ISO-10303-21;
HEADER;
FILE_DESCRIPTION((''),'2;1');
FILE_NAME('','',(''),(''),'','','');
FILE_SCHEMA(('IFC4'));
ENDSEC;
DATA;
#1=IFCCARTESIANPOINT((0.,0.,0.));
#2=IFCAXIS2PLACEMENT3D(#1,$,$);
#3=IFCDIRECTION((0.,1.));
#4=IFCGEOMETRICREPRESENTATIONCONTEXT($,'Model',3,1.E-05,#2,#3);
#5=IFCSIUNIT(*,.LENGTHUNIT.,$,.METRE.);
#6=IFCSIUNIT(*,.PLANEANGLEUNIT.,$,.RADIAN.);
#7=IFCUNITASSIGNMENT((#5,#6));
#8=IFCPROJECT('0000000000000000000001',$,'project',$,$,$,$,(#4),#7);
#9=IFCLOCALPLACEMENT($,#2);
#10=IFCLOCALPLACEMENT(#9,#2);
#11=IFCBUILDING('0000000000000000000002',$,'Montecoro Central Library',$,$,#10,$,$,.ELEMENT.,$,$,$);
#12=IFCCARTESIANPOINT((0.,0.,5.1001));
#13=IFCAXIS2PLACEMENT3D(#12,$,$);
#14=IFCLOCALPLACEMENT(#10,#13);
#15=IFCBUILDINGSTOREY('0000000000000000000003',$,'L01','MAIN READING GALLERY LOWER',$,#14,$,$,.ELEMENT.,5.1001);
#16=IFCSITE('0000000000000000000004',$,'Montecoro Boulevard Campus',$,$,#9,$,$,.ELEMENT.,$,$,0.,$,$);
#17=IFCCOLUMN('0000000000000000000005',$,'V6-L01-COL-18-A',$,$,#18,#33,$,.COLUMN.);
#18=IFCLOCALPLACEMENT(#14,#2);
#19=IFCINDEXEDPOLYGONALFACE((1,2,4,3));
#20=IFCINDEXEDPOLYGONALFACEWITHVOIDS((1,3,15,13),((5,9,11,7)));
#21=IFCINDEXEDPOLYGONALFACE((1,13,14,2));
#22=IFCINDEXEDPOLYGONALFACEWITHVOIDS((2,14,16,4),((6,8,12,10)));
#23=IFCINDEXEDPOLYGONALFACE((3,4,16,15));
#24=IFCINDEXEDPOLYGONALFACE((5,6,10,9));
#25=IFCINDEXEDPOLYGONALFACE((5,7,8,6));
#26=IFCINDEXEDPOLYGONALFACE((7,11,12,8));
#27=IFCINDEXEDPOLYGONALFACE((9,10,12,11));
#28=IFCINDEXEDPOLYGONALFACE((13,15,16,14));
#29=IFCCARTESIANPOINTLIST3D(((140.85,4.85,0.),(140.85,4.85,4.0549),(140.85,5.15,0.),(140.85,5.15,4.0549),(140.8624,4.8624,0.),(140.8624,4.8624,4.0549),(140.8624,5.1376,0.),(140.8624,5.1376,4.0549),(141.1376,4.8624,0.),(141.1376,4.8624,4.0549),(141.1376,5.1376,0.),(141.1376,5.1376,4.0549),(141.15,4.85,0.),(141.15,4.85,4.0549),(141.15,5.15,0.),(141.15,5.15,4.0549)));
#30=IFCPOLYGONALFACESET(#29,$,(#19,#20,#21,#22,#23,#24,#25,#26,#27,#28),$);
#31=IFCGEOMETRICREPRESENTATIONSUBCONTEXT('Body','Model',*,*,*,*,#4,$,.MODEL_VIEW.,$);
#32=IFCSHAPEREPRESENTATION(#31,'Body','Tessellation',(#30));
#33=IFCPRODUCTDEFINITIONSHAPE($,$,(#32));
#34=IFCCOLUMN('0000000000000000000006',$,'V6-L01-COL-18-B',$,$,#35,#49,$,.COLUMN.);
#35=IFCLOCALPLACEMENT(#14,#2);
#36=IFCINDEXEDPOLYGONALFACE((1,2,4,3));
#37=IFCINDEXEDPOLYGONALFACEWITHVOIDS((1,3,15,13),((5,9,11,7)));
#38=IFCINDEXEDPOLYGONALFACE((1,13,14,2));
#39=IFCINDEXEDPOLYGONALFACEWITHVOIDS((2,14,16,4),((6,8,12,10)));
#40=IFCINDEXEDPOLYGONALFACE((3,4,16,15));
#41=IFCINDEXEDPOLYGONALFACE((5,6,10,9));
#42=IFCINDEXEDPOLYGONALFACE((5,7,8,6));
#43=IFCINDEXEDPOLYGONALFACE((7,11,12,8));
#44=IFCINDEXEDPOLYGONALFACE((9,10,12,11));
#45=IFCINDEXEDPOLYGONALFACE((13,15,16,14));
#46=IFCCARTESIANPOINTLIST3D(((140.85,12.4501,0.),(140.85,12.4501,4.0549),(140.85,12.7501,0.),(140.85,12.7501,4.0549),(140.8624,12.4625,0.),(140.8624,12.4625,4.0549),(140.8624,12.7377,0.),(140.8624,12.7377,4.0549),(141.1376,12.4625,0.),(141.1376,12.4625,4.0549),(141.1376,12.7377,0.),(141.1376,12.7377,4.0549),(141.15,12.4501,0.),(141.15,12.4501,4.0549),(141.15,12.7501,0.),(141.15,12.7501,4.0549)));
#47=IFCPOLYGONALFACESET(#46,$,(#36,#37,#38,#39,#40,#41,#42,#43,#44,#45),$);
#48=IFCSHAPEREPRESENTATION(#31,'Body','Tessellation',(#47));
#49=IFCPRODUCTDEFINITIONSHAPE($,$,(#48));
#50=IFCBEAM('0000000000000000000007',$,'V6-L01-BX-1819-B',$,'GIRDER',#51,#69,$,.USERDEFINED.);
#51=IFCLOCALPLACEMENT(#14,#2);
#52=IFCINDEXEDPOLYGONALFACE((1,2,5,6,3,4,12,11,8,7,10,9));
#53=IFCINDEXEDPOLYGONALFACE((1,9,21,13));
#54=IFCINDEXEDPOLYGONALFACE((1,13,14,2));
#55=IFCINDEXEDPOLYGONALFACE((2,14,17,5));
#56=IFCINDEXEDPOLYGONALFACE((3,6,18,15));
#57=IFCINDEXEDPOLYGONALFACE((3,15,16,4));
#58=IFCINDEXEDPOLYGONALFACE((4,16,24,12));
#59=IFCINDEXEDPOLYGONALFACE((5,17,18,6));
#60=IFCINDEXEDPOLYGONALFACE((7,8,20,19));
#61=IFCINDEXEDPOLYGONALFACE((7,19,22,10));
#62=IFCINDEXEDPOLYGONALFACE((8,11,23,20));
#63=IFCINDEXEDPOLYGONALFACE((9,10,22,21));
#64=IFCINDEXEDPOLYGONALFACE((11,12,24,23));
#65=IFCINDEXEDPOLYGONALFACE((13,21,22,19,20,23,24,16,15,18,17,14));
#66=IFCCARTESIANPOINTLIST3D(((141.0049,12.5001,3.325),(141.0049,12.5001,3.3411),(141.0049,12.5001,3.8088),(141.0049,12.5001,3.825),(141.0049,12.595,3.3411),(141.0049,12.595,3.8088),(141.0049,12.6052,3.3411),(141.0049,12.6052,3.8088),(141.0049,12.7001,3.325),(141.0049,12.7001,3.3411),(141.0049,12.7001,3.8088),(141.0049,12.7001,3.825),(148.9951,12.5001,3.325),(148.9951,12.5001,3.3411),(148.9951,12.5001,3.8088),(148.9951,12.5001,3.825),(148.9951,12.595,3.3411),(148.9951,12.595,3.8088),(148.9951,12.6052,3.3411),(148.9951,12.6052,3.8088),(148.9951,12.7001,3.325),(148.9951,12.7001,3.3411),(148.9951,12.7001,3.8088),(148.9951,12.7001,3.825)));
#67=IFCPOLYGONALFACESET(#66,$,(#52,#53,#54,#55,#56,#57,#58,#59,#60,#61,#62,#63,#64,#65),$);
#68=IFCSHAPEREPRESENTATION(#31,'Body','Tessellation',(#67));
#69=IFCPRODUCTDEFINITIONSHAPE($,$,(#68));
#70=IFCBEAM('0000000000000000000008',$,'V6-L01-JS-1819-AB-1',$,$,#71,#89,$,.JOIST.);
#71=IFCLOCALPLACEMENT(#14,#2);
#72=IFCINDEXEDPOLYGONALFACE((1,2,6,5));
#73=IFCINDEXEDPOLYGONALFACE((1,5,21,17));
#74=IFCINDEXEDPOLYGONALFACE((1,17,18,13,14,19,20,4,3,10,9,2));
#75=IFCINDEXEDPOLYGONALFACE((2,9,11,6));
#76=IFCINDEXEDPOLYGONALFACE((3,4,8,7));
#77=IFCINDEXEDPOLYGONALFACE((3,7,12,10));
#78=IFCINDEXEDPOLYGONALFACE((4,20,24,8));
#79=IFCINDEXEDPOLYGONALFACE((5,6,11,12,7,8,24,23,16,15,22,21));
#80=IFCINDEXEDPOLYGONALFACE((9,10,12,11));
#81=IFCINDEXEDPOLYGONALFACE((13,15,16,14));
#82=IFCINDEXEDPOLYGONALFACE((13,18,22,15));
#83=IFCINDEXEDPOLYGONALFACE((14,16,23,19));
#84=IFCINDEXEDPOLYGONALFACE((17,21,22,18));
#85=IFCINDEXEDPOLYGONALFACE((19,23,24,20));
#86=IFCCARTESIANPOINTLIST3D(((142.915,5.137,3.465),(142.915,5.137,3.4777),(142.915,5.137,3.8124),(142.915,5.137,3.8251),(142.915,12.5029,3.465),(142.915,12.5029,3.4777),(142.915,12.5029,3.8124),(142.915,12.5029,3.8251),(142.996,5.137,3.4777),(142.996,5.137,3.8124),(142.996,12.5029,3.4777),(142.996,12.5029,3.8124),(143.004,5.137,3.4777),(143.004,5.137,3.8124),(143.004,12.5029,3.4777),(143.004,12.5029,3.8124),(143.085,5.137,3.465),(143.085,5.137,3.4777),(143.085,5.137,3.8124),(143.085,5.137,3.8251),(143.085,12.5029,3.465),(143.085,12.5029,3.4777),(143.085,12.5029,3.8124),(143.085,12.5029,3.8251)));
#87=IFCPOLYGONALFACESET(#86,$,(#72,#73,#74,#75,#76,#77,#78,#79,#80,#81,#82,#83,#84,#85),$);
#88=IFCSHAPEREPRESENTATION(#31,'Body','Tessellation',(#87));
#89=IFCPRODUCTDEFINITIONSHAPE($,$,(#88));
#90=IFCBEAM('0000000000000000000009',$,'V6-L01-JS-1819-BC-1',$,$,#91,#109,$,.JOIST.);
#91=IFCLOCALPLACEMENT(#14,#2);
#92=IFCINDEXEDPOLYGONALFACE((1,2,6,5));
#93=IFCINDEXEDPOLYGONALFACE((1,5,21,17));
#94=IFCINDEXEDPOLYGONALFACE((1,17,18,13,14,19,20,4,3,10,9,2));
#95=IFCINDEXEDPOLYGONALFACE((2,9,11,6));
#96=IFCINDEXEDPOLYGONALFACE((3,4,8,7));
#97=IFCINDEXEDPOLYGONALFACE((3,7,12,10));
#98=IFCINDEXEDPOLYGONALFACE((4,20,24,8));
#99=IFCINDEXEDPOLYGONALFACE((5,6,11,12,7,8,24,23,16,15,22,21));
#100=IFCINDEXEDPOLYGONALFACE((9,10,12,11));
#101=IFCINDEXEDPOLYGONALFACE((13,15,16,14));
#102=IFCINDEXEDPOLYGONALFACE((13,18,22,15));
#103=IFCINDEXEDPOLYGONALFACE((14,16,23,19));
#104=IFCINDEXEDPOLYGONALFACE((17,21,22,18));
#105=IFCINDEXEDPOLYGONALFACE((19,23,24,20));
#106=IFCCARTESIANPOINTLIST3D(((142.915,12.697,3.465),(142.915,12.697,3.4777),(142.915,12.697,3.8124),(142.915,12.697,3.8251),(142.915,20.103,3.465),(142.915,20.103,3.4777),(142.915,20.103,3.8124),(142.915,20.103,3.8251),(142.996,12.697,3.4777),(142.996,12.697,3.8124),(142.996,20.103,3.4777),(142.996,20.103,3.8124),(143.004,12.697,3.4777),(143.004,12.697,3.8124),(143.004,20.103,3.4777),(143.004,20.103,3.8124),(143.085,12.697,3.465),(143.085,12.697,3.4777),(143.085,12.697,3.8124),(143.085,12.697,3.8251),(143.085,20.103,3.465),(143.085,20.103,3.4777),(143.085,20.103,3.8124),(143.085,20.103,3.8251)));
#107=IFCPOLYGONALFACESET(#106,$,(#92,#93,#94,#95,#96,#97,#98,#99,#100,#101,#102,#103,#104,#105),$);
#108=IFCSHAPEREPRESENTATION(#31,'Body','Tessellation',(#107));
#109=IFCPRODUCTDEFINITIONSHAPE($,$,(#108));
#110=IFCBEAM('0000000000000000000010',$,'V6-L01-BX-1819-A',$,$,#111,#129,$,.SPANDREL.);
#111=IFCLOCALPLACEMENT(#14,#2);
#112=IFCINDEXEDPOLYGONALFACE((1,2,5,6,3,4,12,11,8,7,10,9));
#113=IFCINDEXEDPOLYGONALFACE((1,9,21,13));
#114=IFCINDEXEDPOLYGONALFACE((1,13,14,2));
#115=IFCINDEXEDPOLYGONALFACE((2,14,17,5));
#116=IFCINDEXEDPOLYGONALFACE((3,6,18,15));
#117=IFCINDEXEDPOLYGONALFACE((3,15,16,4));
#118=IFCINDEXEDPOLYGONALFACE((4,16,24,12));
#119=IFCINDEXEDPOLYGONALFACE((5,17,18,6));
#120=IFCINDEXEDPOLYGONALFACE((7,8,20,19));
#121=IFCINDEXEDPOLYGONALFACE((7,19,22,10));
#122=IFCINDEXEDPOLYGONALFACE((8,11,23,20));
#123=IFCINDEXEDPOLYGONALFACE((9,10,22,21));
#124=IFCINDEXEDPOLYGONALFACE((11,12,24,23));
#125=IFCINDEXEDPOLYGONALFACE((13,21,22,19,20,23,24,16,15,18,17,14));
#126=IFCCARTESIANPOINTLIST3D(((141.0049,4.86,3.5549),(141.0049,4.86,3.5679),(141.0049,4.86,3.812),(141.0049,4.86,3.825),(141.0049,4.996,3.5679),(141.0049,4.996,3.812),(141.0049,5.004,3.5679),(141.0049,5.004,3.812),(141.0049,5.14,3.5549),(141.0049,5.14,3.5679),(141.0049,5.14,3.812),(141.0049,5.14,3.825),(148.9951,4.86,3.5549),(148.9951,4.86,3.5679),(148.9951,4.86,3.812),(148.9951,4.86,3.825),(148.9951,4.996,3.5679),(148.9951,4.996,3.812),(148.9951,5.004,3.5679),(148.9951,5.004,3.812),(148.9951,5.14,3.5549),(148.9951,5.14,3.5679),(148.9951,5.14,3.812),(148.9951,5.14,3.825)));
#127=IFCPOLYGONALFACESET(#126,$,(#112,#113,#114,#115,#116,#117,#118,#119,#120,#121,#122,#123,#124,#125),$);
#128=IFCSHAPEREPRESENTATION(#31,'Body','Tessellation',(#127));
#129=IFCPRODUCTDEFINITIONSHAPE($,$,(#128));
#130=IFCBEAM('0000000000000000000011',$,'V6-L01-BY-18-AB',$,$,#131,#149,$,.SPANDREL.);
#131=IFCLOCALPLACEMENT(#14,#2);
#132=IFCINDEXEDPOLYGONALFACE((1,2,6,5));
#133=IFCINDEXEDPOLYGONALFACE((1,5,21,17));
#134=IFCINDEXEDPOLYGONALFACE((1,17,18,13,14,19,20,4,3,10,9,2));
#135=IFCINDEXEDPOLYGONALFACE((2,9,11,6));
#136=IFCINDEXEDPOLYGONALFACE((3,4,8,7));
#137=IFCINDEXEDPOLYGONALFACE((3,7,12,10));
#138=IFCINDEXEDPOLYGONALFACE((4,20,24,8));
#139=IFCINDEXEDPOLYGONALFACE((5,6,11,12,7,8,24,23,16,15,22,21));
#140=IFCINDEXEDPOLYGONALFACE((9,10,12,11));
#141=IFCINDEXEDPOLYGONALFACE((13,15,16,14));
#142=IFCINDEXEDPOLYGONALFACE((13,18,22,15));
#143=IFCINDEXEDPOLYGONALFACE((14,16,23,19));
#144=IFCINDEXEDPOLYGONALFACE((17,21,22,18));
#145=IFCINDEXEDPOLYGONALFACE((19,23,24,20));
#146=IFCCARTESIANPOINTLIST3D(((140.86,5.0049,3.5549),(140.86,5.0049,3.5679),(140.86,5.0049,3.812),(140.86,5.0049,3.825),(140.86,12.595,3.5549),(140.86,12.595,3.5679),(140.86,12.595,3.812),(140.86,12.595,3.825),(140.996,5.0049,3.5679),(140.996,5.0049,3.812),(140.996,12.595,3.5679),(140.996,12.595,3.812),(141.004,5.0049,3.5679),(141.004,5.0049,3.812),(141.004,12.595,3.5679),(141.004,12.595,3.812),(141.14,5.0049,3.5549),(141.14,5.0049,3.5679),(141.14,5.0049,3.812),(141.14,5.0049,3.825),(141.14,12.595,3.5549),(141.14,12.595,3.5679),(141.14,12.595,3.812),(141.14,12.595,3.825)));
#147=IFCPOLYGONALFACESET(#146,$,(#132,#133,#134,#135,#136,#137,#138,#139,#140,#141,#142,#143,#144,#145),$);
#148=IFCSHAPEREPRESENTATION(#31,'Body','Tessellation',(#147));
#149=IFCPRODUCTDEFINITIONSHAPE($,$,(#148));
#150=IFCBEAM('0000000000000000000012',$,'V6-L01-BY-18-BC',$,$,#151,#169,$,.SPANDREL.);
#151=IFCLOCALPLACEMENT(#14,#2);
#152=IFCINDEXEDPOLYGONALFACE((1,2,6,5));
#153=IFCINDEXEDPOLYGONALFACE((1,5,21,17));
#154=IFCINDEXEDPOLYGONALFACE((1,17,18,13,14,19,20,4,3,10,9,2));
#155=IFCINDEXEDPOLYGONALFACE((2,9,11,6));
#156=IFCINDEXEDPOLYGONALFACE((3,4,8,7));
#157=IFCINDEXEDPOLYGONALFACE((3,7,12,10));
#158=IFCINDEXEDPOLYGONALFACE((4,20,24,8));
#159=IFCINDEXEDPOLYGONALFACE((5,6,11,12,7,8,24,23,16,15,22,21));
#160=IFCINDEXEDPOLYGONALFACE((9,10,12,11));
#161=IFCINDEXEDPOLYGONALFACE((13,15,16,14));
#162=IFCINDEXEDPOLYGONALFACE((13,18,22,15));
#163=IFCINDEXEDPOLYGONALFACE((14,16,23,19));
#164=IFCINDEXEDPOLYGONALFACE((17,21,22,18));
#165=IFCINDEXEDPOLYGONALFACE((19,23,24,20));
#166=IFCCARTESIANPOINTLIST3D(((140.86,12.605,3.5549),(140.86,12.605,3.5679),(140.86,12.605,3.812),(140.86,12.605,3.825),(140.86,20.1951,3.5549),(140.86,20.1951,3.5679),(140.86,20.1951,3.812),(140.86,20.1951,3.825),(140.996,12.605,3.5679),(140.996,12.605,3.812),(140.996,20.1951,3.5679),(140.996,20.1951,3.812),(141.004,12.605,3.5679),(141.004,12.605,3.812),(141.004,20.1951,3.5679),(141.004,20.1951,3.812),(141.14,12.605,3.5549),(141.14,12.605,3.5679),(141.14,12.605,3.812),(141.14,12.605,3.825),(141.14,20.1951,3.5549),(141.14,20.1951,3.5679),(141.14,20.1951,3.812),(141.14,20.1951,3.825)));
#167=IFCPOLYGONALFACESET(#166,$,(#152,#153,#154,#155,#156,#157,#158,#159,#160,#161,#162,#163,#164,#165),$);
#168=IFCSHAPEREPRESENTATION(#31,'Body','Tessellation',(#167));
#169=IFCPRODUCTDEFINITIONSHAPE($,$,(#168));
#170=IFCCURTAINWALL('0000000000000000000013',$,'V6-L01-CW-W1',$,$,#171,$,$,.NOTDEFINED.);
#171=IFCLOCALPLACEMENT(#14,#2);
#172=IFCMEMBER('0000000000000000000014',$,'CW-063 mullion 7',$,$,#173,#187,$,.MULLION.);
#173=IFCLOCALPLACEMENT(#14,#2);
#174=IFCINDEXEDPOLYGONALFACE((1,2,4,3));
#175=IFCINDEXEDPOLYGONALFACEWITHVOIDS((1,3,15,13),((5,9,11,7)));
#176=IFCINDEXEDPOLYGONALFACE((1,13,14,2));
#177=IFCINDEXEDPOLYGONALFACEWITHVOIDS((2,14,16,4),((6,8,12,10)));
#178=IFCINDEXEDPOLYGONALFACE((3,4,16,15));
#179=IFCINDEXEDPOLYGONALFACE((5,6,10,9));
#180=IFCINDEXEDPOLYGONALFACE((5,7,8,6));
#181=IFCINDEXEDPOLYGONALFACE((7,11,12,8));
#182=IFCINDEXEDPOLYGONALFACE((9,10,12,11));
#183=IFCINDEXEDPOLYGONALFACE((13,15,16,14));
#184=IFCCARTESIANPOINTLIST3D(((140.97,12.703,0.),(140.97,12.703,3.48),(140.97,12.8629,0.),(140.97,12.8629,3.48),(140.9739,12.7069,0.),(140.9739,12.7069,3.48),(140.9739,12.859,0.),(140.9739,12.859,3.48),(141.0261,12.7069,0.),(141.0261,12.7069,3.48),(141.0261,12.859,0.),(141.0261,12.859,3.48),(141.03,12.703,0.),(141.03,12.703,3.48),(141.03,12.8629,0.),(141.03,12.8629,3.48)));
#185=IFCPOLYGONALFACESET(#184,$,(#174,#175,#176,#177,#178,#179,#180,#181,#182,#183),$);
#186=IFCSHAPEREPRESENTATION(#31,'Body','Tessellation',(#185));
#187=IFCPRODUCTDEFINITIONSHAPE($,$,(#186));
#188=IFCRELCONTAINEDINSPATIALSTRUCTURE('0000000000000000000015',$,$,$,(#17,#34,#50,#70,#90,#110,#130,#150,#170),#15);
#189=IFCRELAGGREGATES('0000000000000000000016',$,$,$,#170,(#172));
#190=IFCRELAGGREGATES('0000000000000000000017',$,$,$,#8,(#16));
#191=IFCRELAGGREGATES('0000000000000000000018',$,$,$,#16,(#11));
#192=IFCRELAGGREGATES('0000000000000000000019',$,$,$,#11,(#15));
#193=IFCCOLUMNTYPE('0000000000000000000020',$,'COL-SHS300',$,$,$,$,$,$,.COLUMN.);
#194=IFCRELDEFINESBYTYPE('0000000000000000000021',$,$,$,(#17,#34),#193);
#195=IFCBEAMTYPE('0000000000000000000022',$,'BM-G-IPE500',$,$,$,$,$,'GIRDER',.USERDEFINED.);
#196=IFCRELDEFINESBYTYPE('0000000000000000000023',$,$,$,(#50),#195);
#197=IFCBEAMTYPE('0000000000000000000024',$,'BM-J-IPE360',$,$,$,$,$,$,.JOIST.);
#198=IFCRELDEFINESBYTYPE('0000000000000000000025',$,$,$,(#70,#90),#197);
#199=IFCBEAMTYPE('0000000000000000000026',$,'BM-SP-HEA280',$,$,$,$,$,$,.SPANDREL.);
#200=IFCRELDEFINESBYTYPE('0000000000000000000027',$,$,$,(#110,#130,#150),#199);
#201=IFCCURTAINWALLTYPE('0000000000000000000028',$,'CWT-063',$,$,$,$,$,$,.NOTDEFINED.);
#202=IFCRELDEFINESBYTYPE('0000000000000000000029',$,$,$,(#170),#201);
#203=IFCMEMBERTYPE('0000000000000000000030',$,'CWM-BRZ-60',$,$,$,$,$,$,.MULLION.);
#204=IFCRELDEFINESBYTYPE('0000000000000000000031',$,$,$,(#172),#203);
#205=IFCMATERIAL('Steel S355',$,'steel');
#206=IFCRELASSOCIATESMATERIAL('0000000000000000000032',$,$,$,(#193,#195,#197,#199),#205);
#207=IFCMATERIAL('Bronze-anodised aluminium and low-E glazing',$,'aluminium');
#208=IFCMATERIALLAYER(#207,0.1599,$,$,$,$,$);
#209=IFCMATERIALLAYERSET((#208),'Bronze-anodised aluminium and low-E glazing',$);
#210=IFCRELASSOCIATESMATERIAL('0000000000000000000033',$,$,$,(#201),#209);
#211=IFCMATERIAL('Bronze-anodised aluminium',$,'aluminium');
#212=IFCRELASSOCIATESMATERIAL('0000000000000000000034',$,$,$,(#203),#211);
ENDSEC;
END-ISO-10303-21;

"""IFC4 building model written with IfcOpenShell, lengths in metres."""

from ifc_helpers import new_model, si_unit, direction, frame, origin, origin_2d, place, context, subcontext, project, spatial, hollow_rectangle, i_section, extrude, material, layer, layer_set, material_profile, profile_set, type_object, element, aggregate, save


model = new_model("IFC4")

# Units and contexts
model_context = context("Model", 3, precision=1e-05, world=origin(), true_north=direction((0.0, 1.0)))
body_context = subcontext(model_context, "Body", "Model", "MODEL_VIEW")
ifc_project = project(units=[si_unit("LENGTHUNIT", "METRE"), si_unit("PLANEANGLEUNIT", "RADIAN")], contexts=[model_context])

# Site, building, storey
site_placement = place(None, origin())
site = spatial("IfcSite", under=ifc_project, at=site_placement, Name="Montecoro Boulevard Campus", CompositionType="ELEMENT", RefElevation=0.0)
building_placement = place(site_placement, origin())
building = spatial("IfcBuilding", under=site, at=building_placement, Name="Montecoro Central Library", CompositionType="ELEMENT")
storey_placement = place(building_placement, frame((0.0, 0.0, 5.1001)))
storey = spatial("IfcBuildingStorey", under=building, at=storey_placement, Name="L01", Description="MAIN READING GALLERY LOWER", CompositionType="ELEMENT", Elevation=5.1001)

# Columns
ifc_material_1 = material(Name="Steel S355", Category="steel")
ifc_material_profile_1 = material_profile(ifc_material_1, hollow_rectangle(XDim=0.3, YDim=0.3, WallThickness=0.0125, at=origin_2d()), Name="SHS 300x300x12.5")
ifc_profile_set_1 = profile_set([ifc_material_profile_1], Name="Steel S355")
column_type = type_object("IfcColumnType", Name="COL-SHS300", PredefinedType="COLUMN", material=ifc_profile_set_1)
for number, where, z_axis, x_axis, name in (
    (1, (141.0, 5.0, 0.0), (0.0, 0.0, 1.0), (1.0, 0.0, 0.0), "V6-L01-COL-18-A"),
    (2, (141.0, 12.6001, 0.0), (0.0, 0.0, 1.0), (1.0, 0.0, 0.0), "V6-L01-COL-18-B"),
):
    element("IfcColumn", number, at=place(storey_placement, frame(where, z_axis=z_axis, x_axis=x_axis)), inside=storey, type_object=column_type, Name=name, PredefinedType="COLUMN", context=body_context, shape_type="SweptSolid", body=[
        extrude(hollow_rectangle(XDim=0.3, YDim=0.3, WallThickness=0.0125, at=origin_2d()), origin(), (0.0, 0.0, 1.0), 4.0549),
    ])

# Beams
ifc_material_profile_2 = material_profile(ifc_material_1, i_section(OverallWidth=0.2, OverallDepth=0.5, WebThickness=0.0103, FlangeThickness=0.0161, at=origin_2d()), Name="IPE 500")
ifc_profile_set_2 = profile_set([ifc_material_profile_2], Name="Steel S355")
beam_type_1 = type_object("IfcBeamType", Name="BM-G-IPE500", ElementType="GIRDER", PredefinedType="USERDEFINED", material=ifc_profile_set_2)
beam_1_placement = place(storey_placement, frame((141.0049, 12.6001, 3.575), z_axis=(1.0, 0.0, 0.0), x_axis=(0.0, 1.0, 0.0)))
element("IfcBeam", 3, at=beam_1_placement, inside=storey, type_object=beam_type_1, Name="V6-L01-BX-1819-B", ObjectType="GIRDER", PredefinedType="USERDEFINED", context=body_context, shape_type="SweptSolid", body=[
    extrude(i_section(OverallWidth=0.2, OverallDepth=0.5, WebThickness=0.0103, FlangeThickness=0.0161, at=origin_2d()), origin(), (0.0, 0.0, 1.0), 7.9902),
])
ifc_material_profile_3 = material_profile(ifc_material_1, i_section(OverallWidth=0.1699, OverallDepth=0.3601, WebThickness=0.0081, FlangeThickness=0.0127, at=origin_2d()), Name="IPE 360")
ifc_profile_set_3 = profile_set([ifc_material_profile_3], Name="Steel S355")
beam_type_2 = type_object("IfcBeamType", Name="BM-J-IPE360", PredefinedType="JOIST", material=ifc_profile_set_3)
beam_2_placement = place(storey_placement, frame((143.0, 5.137, 3.645), z_axis=(0.0, 1.0, 0.0), x_axis=(-1.0, 0.0, 0.0)))
element("IfcBeam", 4, at=beam_2_placement, inside=storey, type_object=beam_type_2, Name="V6-L01-JS-1819-AB-1", PredefinedType="JOIST", context=body_context, shape_type="SweptSolid", body=[
    extrude(i_section(OverallWidth=0.1699, OverallDepth=0.3601, WebThickness=0.0081, FlangeThickness=0.0127, at=origin_2d()), origin(), (0.0, 0.0, 1.0), 7.366),
])
beam_3_placement = place(storey_placement, frame((143.0, 12.697, 3.645), z_axis=(0.0, 1.0, 0.0), x_axis=(-1.0, 0.0, 0.0)))
element("IfcBeam", 5, at=beam_3_placement, inside=storey, type_object=beam_type_2, Name="V6-L01-JS-1819-BC-1", PredefinedType="JOIST", context=body_context, shape_type="SweptSolid", body=[
    extrude(i_section(OverallWidth=0.1699, OverallDepth=0.3601, WebThickness=0.0081, FlangeThickness=0.0127, at=origin_2d()), origin(), (0.0, 0.0, 1.0), 7.406),
])
ifc_material_profile_4 = material_profile(ifc_material_1, i_section(OverallWidth=0.28, OverallDepth=0.27, WebThickness=0.0081, FlangeThickness=0.0129, at=origin_2d()), Name="HEA 280")
ifc_profile_set_4 = profile_set([ifc_material_profile_4], Name="Steel S355")
beam_type_3 = type_object("IfcBeamType", Name="BM-SP-HEA280", PredefinedType="SPANDREL", material=ifc_profile_set_4)
beam_4_placement = place(storey_placement, frame((141.0049, 5.0, 3.6899), z_axis=(1.0, 0.0, 0.0), x_axis=(0.0, 1.0, 0.0)))
element("IfcBeam", 6, at=beam_4_placement, inside=storey, type_object=beam_type_3, Name="V6-L01-BX-1819-A", PredefinedType="SPANDREL", context=body_context, shape_type="SweptSolid", body=[
    extrude(i_section(OverallWidth=0.28, OverallDepth=0.27, WebThickness=0.0081, FlangeThickness=0.0129, at=origin_2d()), origin(), (0.0, 0.0, 1.0), 7.9902),
])
for number, where, z_axis, x_axis, name in (
    (7, (141.0, 5.0049, 3.6899), (0.0, 1.0, 0.0), (-1.0, 0.0, 0.0), "V6-L01-BY-18-AB"),
    (8, (141.0, 12.605, 3.6899), (0.0, 1.0, 0.0), (-1.0, 0.0, 0.0), "V6-L01-BY-18-BC"),
):
    element("IfcBeam", number, at=place(storey_placement, frame(where, z_axis=z_axis, x_axis=x_axis)), inside=storey, type_object=beam_type_3, Name=name, PredefinedType="SPANDREL", context=body_context, shape_type="SweptSolid", body=[
        extrude(i_section(OverallWidth=0.28, OverallDepth=0.27, WebThickness=0.0081, FlangeThickness=0.0129, at=origin_2d()), origin(), (0.0, 0.0, 1.0), 7.5901),
    ])

# Curtain wall, member
ifc_material_2 = material(Name="Bronze-anodised aluminium and low-E glazing", Category="aluminium")
ifc_layer_1 = layer(ifc_material_2, 0.1599)
ifc_layer_set_1 = layer_set([ifc_layer_1], Name="Bronze-anodised aluminium and low-E glazing")
curtain_wall_type = type_object("IfcCurtainWallType", Name="CWT-063", PredefinedType="NOTDEFINED", material=ifc_layer_set_1)
curtain_wall_placement = place(storey_placement, origin())
curtain_wall = element("IfcCurtainWall", 9, at=curtain_wall_placement, inside=storey, type_object=curtain_wall_type, Name="V6-L01-CW-W1", PredefinedType="NOTDEFINED")
ifc_material_3 = material(Name="Bronze-anodised aluminium", Category="aluminium")
ifc_material_profile_5 = material_profile(ifc_material_3, hollow_rectangle(XDim=0.0601, YDim=0.1599, WallThickness=0.0039, at=origin_2d()), Name="CWM 160x60x4.0")
ifc_profile_set_5 = profile_set([ifc_material_profile_5], Name="Bronze-anodised aluminium")
member_type_1 = type_object("IfcMemberType", Name="CWM-BRZ-60", PredefinedType="MULLION", material=ifc_profile_set_5)
member_1_placement = place(storey_placement, frame((141.0, 12.783, 0.0), z_axis=(0.0, 0.0, 1.0), x_axis=(1.0, 0.0, 0.0)))
member_1 = element("IfcMember", 10, at=member_1_placement, type_object=member_type_1, Name="CW-063 mullion 7", PredefinedType="MULLION", context=body_context, shape_type="SweptSolid", body=[
    extrude(hollow_rectangle(XDim=0.0601, YDim=0.1599, WallThickness=0.0039, at=origin_2d()), origin(), (0.0, 0.0, 1.0), 3.48),
])
aggregate(curtain_wall, [member_1])

save(model, "model.ifc")
